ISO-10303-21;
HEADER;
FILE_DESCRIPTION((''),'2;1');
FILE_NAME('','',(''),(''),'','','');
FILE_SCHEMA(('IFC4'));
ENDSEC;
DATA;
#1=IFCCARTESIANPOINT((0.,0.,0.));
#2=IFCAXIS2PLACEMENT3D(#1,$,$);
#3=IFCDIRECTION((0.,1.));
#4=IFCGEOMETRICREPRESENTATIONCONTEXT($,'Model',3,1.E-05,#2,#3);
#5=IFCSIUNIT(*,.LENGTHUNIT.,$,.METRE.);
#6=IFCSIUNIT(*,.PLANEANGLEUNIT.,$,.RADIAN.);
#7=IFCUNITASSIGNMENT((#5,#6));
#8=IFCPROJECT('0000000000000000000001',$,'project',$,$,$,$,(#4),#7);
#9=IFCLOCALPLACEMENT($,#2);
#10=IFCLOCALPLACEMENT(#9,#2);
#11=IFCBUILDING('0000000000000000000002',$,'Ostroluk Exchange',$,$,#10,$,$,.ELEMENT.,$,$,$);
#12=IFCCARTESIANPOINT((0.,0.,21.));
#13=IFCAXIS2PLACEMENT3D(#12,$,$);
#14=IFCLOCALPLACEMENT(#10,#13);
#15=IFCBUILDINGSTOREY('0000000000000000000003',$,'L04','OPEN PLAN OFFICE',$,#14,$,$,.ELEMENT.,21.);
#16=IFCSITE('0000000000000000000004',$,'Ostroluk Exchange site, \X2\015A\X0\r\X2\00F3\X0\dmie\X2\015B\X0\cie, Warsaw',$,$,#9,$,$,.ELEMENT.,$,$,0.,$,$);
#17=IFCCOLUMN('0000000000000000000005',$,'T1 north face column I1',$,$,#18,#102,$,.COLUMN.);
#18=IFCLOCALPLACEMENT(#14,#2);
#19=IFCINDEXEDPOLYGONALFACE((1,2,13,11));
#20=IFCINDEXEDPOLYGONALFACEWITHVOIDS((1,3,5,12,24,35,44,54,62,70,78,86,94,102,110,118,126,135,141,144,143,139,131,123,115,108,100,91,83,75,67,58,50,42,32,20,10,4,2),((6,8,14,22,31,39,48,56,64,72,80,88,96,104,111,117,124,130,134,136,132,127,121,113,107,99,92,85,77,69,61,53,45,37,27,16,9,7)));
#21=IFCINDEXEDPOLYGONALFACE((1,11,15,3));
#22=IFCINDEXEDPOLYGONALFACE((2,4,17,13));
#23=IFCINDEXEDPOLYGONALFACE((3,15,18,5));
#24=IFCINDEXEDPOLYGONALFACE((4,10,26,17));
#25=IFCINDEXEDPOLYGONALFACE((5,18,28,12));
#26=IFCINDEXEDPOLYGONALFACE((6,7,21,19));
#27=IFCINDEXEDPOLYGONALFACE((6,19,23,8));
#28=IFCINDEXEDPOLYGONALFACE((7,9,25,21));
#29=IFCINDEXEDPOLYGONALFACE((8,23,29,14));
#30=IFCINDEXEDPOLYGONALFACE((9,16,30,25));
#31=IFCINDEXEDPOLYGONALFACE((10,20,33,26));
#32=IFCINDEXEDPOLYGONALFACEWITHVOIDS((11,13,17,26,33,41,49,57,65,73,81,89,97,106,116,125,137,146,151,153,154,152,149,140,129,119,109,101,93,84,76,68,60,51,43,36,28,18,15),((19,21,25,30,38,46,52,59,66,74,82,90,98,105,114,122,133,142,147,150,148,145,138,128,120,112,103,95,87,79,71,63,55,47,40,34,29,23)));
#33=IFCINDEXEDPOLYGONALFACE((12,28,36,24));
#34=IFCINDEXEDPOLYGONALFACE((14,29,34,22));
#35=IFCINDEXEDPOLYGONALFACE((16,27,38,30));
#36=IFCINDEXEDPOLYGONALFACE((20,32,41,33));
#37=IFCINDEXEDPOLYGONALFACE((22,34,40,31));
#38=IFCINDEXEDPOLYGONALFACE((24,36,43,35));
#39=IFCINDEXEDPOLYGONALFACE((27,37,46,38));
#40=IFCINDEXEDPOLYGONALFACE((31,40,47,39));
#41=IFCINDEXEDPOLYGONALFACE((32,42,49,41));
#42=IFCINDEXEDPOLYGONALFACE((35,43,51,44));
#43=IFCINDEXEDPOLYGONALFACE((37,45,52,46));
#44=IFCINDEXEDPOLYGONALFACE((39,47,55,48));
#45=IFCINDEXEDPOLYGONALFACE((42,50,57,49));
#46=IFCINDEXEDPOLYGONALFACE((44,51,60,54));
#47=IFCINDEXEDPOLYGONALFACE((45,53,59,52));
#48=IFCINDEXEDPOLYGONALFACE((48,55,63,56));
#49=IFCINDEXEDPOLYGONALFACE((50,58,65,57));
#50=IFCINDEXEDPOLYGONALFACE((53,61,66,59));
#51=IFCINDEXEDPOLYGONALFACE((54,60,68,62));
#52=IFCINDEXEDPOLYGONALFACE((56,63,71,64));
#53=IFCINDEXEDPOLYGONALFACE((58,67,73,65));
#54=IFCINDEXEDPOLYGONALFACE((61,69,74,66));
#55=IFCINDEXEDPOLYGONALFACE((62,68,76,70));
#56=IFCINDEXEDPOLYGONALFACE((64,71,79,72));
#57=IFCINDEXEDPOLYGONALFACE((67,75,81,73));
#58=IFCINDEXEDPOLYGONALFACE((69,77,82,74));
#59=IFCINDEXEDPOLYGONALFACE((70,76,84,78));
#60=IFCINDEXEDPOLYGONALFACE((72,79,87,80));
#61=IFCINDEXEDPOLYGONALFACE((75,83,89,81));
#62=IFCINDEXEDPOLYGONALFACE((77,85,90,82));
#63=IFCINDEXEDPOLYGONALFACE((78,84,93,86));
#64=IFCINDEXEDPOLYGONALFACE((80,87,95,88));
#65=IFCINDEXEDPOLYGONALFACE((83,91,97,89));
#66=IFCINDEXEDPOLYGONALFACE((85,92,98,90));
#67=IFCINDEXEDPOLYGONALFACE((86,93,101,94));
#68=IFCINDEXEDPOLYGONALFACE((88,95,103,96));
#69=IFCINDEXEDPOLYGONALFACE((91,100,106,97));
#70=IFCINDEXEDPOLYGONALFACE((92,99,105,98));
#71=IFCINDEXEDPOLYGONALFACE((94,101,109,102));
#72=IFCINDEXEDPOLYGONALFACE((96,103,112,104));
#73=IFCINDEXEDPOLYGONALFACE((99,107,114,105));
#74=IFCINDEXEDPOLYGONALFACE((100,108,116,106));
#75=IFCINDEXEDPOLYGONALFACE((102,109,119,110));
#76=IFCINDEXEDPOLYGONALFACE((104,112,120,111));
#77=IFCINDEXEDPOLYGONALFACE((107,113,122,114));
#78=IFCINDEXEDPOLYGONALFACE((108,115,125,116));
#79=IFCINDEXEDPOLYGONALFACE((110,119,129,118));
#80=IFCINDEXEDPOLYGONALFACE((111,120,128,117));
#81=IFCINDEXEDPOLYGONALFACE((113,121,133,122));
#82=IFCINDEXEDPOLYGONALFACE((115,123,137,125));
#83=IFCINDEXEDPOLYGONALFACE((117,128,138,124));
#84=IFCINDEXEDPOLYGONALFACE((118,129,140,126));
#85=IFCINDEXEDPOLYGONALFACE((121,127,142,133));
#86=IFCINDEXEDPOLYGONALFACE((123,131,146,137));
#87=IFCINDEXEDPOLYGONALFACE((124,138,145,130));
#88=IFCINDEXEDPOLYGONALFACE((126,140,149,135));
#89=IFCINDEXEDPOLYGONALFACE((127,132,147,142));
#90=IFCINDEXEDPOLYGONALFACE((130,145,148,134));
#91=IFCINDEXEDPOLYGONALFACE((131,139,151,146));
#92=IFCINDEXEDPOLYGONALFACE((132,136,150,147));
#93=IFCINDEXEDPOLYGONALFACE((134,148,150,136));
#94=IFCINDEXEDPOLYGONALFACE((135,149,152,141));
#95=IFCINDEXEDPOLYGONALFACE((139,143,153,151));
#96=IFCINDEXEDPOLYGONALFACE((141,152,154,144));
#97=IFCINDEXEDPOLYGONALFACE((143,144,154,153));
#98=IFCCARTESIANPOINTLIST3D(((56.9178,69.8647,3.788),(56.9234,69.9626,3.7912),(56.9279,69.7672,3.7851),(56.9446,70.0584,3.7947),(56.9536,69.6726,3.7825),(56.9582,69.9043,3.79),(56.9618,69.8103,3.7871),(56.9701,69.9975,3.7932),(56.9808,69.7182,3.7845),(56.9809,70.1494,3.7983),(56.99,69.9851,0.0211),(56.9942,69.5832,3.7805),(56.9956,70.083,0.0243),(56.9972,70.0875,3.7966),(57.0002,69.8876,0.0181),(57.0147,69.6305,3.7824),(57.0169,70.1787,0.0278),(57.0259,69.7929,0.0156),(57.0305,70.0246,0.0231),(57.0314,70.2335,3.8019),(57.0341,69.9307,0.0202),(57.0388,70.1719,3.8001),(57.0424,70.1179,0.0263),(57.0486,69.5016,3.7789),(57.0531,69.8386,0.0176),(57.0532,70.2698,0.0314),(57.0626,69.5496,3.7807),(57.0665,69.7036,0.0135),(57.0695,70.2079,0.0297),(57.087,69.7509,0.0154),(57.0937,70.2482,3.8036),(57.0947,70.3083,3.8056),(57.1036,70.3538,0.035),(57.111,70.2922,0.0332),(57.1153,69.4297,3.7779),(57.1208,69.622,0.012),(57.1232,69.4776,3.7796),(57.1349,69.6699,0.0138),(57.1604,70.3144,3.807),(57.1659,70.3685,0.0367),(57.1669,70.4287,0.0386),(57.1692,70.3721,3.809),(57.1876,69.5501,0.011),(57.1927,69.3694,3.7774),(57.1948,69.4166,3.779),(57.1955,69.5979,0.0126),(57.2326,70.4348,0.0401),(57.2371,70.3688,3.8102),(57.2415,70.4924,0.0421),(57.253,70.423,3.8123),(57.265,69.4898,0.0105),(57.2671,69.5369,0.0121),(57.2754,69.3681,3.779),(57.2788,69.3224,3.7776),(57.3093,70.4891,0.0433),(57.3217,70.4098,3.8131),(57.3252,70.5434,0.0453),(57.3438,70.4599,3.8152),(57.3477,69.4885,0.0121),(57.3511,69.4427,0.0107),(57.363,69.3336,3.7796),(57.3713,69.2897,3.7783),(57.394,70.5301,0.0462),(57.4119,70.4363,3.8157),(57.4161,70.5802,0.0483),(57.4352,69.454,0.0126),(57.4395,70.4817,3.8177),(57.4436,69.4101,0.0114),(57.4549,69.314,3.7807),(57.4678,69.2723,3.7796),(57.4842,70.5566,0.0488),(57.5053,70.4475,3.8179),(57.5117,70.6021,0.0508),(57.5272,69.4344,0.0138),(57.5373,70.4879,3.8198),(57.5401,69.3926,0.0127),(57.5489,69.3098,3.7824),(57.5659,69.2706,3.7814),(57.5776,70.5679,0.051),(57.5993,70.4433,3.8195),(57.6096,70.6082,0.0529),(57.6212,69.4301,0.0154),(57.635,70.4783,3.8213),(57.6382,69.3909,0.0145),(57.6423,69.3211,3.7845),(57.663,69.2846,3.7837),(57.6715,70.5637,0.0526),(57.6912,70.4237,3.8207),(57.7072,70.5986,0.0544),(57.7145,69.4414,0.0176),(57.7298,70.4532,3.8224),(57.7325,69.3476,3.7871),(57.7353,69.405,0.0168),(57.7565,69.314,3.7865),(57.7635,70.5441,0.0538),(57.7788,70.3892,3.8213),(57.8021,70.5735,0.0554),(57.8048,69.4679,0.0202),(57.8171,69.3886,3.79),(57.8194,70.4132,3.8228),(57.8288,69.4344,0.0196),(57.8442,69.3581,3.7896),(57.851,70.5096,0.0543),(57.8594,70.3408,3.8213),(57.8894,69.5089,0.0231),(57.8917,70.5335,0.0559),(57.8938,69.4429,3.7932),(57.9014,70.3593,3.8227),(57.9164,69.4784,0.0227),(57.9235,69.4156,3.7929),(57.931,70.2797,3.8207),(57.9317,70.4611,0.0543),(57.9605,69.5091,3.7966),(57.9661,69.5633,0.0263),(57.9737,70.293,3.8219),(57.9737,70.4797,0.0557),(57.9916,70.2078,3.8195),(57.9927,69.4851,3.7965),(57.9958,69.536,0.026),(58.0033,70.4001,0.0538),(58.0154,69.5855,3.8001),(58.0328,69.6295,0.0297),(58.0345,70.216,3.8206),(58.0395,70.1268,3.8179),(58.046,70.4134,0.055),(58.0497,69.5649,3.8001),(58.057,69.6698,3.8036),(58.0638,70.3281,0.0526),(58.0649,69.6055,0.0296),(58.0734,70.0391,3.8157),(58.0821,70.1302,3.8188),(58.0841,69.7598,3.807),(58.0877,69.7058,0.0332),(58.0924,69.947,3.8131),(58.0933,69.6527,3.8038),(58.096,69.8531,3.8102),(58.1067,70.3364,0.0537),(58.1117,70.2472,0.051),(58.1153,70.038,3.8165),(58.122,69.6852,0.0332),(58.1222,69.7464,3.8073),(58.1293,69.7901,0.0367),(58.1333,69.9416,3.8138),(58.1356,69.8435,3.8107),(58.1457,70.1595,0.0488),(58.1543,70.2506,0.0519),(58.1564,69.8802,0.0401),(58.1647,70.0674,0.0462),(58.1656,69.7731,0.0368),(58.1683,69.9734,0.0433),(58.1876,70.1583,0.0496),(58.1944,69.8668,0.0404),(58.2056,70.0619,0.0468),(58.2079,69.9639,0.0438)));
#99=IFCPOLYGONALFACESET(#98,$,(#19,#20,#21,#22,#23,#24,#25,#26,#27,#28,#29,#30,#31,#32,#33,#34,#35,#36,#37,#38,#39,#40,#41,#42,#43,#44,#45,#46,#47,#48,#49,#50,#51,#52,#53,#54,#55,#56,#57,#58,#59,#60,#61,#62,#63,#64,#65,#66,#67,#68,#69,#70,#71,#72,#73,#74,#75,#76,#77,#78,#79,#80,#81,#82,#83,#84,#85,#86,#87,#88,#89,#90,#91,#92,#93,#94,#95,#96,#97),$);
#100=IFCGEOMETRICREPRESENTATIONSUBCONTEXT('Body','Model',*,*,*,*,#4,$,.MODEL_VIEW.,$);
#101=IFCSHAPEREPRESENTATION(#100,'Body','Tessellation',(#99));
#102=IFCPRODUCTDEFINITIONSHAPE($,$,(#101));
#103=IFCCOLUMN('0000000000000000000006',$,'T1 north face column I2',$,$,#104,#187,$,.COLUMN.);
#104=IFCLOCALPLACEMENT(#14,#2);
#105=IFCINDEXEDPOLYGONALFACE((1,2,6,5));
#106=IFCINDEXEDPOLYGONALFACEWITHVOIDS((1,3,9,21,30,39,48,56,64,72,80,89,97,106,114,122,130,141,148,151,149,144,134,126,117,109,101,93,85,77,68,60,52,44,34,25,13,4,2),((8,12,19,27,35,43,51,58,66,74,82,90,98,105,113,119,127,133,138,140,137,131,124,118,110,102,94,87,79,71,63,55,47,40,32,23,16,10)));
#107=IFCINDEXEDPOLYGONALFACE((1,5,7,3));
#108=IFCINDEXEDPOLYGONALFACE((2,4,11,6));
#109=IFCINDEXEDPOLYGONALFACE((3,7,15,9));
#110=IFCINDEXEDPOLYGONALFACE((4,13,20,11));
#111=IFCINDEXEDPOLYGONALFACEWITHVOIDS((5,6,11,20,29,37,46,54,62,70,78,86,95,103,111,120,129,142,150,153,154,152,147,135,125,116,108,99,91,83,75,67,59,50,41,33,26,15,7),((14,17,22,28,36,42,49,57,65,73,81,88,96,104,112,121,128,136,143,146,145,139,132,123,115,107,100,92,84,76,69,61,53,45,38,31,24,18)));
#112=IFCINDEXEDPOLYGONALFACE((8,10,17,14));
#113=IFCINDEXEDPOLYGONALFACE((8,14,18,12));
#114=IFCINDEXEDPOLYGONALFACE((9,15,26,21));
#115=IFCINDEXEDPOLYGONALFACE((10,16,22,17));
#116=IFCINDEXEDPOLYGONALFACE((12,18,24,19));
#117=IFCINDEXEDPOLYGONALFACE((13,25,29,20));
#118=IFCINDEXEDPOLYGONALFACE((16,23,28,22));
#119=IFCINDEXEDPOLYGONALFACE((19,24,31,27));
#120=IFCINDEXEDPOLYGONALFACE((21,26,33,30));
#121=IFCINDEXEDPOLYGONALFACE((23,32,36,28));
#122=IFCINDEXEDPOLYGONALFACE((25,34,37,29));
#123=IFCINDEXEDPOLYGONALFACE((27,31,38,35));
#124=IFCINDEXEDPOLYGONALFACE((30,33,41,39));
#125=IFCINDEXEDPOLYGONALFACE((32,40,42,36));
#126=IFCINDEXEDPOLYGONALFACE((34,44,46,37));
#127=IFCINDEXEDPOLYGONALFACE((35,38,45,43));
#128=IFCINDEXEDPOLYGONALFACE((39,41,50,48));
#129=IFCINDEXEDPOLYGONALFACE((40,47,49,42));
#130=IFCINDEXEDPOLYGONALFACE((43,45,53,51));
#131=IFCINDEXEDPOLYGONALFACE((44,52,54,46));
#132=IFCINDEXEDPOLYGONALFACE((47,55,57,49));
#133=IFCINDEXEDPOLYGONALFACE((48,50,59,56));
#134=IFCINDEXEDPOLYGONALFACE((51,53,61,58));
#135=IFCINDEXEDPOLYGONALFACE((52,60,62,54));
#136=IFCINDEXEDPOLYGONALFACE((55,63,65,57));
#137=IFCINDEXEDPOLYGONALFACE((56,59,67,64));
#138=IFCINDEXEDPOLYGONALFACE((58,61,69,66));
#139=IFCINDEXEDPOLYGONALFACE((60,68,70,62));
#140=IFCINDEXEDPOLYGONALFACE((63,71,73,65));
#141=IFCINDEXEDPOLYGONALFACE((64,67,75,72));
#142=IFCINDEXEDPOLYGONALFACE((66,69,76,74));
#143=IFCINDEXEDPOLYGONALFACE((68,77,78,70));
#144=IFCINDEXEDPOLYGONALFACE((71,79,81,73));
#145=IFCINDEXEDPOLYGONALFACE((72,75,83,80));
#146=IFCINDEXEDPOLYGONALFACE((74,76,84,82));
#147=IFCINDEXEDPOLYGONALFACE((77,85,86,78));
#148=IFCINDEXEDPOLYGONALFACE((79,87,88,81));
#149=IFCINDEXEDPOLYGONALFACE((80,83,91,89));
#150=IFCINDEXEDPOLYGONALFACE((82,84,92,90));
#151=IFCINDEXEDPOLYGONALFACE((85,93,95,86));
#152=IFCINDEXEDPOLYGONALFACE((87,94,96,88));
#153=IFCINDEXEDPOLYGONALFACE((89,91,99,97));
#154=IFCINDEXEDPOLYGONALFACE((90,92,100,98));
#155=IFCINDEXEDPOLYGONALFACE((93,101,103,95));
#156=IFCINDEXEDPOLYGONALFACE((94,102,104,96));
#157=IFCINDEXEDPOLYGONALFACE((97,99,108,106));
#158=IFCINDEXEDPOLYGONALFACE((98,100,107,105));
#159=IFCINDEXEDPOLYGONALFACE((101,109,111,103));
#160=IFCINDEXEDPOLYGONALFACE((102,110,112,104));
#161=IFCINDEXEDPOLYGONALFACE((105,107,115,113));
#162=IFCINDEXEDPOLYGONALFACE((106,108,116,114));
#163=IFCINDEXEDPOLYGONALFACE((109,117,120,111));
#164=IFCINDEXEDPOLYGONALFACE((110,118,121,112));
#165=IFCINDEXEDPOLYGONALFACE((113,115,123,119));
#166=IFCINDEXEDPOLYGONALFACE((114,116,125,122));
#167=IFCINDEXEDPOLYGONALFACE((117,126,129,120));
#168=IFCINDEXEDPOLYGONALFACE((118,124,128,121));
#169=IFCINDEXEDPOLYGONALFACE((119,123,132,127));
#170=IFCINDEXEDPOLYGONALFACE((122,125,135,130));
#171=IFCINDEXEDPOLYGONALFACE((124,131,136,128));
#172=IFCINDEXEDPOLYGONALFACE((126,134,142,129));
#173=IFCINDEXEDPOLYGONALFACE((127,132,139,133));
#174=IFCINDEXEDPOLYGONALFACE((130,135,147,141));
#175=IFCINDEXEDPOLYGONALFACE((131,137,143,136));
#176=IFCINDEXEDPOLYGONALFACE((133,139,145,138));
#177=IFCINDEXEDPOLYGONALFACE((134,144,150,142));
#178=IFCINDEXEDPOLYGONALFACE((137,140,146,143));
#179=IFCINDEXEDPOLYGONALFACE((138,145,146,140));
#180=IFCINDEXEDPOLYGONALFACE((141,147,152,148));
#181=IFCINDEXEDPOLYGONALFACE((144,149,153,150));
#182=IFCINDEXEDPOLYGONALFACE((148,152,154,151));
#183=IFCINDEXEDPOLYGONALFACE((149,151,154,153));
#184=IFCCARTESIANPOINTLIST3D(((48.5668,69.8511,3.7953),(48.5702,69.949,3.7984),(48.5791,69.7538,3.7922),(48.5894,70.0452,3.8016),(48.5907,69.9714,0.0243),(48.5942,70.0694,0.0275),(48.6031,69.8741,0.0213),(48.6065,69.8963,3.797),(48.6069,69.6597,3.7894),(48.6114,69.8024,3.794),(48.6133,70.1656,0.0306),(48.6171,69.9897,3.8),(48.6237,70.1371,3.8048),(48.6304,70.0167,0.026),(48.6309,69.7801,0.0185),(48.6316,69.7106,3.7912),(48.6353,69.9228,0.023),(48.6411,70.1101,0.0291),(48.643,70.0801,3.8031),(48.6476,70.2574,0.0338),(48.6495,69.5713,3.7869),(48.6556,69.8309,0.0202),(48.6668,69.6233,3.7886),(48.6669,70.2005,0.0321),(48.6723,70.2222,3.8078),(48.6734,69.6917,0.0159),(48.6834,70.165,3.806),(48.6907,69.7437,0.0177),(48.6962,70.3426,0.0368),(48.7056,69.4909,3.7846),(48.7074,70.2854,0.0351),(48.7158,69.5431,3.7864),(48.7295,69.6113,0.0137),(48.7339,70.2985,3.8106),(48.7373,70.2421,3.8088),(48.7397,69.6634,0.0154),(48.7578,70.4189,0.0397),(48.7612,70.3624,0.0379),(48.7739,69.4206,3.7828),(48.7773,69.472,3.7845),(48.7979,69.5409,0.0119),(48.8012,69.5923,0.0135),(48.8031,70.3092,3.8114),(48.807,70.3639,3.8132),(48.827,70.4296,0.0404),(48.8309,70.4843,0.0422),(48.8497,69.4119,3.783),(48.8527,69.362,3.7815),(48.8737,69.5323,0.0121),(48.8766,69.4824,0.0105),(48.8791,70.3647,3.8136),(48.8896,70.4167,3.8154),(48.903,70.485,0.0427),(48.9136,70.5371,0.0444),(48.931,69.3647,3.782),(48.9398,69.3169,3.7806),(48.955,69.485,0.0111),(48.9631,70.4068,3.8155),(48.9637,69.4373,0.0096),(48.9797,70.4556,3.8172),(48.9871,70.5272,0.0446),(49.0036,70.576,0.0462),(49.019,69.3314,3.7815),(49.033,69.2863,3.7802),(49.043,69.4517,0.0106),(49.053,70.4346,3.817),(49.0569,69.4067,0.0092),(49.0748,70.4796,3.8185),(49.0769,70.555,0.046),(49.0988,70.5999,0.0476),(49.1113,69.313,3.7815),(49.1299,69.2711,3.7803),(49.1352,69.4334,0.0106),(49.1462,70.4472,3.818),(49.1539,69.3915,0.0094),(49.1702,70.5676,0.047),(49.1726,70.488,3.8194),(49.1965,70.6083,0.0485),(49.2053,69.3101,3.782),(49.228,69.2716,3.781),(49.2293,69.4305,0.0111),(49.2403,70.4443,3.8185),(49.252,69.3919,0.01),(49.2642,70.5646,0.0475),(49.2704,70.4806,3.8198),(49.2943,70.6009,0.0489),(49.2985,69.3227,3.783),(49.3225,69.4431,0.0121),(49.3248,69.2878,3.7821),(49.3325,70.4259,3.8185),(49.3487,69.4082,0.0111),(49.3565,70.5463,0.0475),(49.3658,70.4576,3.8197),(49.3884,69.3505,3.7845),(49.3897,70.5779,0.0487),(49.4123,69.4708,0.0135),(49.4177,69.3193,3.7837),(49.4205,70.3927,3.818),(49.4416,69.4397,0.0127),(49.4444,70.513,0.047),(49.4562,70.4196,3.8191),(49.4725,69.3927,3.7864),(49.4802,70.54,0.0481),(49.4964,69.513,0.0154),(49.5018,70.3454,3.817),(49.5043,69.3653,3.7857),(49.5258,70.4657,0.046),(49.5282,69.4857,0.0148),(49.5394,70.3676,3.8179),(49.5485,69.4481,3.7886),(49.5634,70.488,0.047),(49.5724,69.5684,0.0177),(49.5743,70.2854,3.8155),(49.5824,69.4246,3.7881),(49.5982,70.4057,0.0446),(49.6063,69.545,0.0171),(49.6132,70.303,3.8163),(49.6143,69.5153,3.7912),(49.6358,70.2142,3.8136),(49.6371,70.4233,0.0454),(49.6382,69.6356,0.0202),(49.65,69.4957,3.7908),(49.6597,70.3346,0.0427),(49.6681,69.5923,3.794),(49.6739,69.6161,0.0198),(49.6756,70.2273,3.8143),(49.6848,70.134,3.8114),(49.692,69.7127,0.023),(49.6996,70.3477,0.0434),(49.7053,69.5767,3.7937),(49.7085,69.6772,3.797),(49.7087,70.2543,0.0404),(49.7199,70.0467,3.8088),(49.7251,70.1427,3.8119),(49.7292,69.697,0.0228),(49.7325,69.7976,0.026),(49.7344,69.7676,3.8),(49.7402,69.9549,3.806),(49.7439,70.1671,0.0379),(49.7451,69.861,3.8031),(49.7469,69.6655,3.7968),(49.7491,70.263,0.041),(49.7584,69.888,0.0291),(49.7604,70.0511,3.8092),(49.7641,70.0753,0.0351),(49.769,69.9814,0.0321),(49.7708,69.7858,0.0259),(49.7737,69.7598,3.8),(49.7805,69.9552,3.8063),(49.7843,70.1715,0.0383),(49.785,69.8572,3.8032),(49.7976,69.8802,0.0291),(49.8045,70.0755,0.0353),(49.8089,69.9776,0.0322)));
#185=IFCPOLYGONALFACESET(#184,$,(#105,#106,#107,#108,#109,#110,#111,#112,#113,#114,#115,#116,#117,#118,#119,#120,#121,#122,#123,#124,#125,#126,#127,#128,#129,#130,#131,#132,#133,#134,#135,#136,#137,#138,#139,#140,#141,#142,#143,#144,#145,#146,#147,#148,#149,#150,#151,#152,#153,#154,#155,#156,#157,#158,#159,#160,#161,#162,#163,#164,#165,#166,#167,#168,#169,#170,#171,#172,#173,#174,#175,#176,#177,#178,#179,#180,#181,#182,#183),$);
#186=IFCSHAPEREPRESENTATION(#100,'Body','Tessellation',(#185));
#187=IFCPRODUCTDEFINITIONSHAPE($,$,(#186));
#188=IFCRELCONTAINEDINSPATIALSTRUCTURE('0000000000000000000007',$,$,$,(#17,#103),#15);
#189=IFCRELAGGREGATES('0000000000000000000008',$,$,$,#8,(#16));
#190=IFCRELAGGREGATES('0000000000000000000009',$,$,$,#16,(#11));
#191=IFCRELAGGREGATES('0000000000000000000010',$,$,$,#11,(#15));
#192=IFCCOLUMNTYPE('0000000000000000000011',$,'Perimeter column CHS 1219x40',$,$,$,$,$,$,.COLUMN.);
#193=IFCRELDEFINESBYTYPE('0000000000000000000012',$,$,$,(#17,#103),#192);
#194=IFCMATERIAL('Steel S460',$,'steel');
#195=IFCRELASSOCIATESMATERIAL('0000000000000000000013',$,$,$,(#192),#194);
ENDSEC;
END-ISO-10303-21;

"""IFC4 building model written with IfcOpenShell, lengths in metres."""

from ifc_helpers import new_model, si_unit, direction, frame, origin, origin_2d, place, context, subcontext, project, spatial, hollow_circle, extrude, material, material_profile, profile_set, type_object, element, save


model = new_model("IFC4")

# Units and contexts
model_context = context("Model", 3, precision=1e-05, world=origin(), true_north=direction((0.0, 1.0)))
body_context = subcontext(model_context, "Body", "Model", "MODEL_VIEW")
ifc_project = project(units=[si_unit("LENGTHUNIT", "METRE"), si_unit("PLANEANGLEUNIT", "RADIAN")], contexts=[model_context])

# Site, building, storey
site_placement = place(None, origin())
site = spatial("IfcSite", under=ifc_project, at=site_placement, Name="Ostroluk Exchange site, Śródmieście, Warsaw", CompositionType="ELEMENT", RefElevation=0.0)
building_placement = place(site_placement, origin())
building = spatial("IfcBuilding", under=site, at=building_placement, Name="Ostroluk Exchange", CompositionType="ELEMENT")
storey_placement = place(building_placement, frame((0.0, 0.0, 21.0)))
storey = spatial("IfcBuildingStorey", under=building, at=storey_placement, Name="L04", Description="OPEN PLAN OFFICE", CompositionType="ELEMENT", Elevation=21.0)

# Columns
ifc_material_1 = material(Name="Steel S460", Category="steel")
ifc_material_profile_1 = material_profile(ifc_material_1, hollow_circle(Radius=0.6096, WallThickness=0.04, at=origin_2d()), Name="CHS 1219x40")
ifc_profile_set_1 = profile_set([ifc_material_profile_1], Name="Steel S460")
column_type = type_object("IfcColumnType", Name="Perimeter column CHS 1219x40", PredefinedType="COLUMN", material=ifc_profile_set_1)
column_1_placement = place(storey_placement, frame((57.5994, 69.999, 0.0332), z_axis=(-0.019171, -0.031931, 0.999306), x_axis=(0.857339, -0.514751, 0.0)))
element("IfcColumn", 1, at=column_1_placement, inside=storey, type_object=column_type, Name="T1 north face column I1", PredefinedType="COLUMN", context=body_context, shape_type="SweptSolid", body=[
    extrude(hollow_circle(Radius=0.6096, WallThickness=0.04, at=origin_2d()), origin(), (0.0, 0.0, 1.0), 3.7695),
])
column_2_placement = place(storey_placement, frame((49.1997, 69.999, 0.0291), z_axis=(-0.006341, -0.031901, 0.999471), x_axis=(0.98081, -0.194968, 0.0)))
element("IfcColumn", 2, at=column_2_placement, inside=storey, type_object=column_type, Name="T1 north face column I2", PredefinedType="COLUMN", context=body_context, shape_type="SweptSolid", body=[
    extrude(hollow_circle(Radius=0.6096, WallThickness=0.04, at=origin_2d()), origin(), (0.0, 0.0, 1.0), 3.7729),
])

save(model, "model.ifc")
